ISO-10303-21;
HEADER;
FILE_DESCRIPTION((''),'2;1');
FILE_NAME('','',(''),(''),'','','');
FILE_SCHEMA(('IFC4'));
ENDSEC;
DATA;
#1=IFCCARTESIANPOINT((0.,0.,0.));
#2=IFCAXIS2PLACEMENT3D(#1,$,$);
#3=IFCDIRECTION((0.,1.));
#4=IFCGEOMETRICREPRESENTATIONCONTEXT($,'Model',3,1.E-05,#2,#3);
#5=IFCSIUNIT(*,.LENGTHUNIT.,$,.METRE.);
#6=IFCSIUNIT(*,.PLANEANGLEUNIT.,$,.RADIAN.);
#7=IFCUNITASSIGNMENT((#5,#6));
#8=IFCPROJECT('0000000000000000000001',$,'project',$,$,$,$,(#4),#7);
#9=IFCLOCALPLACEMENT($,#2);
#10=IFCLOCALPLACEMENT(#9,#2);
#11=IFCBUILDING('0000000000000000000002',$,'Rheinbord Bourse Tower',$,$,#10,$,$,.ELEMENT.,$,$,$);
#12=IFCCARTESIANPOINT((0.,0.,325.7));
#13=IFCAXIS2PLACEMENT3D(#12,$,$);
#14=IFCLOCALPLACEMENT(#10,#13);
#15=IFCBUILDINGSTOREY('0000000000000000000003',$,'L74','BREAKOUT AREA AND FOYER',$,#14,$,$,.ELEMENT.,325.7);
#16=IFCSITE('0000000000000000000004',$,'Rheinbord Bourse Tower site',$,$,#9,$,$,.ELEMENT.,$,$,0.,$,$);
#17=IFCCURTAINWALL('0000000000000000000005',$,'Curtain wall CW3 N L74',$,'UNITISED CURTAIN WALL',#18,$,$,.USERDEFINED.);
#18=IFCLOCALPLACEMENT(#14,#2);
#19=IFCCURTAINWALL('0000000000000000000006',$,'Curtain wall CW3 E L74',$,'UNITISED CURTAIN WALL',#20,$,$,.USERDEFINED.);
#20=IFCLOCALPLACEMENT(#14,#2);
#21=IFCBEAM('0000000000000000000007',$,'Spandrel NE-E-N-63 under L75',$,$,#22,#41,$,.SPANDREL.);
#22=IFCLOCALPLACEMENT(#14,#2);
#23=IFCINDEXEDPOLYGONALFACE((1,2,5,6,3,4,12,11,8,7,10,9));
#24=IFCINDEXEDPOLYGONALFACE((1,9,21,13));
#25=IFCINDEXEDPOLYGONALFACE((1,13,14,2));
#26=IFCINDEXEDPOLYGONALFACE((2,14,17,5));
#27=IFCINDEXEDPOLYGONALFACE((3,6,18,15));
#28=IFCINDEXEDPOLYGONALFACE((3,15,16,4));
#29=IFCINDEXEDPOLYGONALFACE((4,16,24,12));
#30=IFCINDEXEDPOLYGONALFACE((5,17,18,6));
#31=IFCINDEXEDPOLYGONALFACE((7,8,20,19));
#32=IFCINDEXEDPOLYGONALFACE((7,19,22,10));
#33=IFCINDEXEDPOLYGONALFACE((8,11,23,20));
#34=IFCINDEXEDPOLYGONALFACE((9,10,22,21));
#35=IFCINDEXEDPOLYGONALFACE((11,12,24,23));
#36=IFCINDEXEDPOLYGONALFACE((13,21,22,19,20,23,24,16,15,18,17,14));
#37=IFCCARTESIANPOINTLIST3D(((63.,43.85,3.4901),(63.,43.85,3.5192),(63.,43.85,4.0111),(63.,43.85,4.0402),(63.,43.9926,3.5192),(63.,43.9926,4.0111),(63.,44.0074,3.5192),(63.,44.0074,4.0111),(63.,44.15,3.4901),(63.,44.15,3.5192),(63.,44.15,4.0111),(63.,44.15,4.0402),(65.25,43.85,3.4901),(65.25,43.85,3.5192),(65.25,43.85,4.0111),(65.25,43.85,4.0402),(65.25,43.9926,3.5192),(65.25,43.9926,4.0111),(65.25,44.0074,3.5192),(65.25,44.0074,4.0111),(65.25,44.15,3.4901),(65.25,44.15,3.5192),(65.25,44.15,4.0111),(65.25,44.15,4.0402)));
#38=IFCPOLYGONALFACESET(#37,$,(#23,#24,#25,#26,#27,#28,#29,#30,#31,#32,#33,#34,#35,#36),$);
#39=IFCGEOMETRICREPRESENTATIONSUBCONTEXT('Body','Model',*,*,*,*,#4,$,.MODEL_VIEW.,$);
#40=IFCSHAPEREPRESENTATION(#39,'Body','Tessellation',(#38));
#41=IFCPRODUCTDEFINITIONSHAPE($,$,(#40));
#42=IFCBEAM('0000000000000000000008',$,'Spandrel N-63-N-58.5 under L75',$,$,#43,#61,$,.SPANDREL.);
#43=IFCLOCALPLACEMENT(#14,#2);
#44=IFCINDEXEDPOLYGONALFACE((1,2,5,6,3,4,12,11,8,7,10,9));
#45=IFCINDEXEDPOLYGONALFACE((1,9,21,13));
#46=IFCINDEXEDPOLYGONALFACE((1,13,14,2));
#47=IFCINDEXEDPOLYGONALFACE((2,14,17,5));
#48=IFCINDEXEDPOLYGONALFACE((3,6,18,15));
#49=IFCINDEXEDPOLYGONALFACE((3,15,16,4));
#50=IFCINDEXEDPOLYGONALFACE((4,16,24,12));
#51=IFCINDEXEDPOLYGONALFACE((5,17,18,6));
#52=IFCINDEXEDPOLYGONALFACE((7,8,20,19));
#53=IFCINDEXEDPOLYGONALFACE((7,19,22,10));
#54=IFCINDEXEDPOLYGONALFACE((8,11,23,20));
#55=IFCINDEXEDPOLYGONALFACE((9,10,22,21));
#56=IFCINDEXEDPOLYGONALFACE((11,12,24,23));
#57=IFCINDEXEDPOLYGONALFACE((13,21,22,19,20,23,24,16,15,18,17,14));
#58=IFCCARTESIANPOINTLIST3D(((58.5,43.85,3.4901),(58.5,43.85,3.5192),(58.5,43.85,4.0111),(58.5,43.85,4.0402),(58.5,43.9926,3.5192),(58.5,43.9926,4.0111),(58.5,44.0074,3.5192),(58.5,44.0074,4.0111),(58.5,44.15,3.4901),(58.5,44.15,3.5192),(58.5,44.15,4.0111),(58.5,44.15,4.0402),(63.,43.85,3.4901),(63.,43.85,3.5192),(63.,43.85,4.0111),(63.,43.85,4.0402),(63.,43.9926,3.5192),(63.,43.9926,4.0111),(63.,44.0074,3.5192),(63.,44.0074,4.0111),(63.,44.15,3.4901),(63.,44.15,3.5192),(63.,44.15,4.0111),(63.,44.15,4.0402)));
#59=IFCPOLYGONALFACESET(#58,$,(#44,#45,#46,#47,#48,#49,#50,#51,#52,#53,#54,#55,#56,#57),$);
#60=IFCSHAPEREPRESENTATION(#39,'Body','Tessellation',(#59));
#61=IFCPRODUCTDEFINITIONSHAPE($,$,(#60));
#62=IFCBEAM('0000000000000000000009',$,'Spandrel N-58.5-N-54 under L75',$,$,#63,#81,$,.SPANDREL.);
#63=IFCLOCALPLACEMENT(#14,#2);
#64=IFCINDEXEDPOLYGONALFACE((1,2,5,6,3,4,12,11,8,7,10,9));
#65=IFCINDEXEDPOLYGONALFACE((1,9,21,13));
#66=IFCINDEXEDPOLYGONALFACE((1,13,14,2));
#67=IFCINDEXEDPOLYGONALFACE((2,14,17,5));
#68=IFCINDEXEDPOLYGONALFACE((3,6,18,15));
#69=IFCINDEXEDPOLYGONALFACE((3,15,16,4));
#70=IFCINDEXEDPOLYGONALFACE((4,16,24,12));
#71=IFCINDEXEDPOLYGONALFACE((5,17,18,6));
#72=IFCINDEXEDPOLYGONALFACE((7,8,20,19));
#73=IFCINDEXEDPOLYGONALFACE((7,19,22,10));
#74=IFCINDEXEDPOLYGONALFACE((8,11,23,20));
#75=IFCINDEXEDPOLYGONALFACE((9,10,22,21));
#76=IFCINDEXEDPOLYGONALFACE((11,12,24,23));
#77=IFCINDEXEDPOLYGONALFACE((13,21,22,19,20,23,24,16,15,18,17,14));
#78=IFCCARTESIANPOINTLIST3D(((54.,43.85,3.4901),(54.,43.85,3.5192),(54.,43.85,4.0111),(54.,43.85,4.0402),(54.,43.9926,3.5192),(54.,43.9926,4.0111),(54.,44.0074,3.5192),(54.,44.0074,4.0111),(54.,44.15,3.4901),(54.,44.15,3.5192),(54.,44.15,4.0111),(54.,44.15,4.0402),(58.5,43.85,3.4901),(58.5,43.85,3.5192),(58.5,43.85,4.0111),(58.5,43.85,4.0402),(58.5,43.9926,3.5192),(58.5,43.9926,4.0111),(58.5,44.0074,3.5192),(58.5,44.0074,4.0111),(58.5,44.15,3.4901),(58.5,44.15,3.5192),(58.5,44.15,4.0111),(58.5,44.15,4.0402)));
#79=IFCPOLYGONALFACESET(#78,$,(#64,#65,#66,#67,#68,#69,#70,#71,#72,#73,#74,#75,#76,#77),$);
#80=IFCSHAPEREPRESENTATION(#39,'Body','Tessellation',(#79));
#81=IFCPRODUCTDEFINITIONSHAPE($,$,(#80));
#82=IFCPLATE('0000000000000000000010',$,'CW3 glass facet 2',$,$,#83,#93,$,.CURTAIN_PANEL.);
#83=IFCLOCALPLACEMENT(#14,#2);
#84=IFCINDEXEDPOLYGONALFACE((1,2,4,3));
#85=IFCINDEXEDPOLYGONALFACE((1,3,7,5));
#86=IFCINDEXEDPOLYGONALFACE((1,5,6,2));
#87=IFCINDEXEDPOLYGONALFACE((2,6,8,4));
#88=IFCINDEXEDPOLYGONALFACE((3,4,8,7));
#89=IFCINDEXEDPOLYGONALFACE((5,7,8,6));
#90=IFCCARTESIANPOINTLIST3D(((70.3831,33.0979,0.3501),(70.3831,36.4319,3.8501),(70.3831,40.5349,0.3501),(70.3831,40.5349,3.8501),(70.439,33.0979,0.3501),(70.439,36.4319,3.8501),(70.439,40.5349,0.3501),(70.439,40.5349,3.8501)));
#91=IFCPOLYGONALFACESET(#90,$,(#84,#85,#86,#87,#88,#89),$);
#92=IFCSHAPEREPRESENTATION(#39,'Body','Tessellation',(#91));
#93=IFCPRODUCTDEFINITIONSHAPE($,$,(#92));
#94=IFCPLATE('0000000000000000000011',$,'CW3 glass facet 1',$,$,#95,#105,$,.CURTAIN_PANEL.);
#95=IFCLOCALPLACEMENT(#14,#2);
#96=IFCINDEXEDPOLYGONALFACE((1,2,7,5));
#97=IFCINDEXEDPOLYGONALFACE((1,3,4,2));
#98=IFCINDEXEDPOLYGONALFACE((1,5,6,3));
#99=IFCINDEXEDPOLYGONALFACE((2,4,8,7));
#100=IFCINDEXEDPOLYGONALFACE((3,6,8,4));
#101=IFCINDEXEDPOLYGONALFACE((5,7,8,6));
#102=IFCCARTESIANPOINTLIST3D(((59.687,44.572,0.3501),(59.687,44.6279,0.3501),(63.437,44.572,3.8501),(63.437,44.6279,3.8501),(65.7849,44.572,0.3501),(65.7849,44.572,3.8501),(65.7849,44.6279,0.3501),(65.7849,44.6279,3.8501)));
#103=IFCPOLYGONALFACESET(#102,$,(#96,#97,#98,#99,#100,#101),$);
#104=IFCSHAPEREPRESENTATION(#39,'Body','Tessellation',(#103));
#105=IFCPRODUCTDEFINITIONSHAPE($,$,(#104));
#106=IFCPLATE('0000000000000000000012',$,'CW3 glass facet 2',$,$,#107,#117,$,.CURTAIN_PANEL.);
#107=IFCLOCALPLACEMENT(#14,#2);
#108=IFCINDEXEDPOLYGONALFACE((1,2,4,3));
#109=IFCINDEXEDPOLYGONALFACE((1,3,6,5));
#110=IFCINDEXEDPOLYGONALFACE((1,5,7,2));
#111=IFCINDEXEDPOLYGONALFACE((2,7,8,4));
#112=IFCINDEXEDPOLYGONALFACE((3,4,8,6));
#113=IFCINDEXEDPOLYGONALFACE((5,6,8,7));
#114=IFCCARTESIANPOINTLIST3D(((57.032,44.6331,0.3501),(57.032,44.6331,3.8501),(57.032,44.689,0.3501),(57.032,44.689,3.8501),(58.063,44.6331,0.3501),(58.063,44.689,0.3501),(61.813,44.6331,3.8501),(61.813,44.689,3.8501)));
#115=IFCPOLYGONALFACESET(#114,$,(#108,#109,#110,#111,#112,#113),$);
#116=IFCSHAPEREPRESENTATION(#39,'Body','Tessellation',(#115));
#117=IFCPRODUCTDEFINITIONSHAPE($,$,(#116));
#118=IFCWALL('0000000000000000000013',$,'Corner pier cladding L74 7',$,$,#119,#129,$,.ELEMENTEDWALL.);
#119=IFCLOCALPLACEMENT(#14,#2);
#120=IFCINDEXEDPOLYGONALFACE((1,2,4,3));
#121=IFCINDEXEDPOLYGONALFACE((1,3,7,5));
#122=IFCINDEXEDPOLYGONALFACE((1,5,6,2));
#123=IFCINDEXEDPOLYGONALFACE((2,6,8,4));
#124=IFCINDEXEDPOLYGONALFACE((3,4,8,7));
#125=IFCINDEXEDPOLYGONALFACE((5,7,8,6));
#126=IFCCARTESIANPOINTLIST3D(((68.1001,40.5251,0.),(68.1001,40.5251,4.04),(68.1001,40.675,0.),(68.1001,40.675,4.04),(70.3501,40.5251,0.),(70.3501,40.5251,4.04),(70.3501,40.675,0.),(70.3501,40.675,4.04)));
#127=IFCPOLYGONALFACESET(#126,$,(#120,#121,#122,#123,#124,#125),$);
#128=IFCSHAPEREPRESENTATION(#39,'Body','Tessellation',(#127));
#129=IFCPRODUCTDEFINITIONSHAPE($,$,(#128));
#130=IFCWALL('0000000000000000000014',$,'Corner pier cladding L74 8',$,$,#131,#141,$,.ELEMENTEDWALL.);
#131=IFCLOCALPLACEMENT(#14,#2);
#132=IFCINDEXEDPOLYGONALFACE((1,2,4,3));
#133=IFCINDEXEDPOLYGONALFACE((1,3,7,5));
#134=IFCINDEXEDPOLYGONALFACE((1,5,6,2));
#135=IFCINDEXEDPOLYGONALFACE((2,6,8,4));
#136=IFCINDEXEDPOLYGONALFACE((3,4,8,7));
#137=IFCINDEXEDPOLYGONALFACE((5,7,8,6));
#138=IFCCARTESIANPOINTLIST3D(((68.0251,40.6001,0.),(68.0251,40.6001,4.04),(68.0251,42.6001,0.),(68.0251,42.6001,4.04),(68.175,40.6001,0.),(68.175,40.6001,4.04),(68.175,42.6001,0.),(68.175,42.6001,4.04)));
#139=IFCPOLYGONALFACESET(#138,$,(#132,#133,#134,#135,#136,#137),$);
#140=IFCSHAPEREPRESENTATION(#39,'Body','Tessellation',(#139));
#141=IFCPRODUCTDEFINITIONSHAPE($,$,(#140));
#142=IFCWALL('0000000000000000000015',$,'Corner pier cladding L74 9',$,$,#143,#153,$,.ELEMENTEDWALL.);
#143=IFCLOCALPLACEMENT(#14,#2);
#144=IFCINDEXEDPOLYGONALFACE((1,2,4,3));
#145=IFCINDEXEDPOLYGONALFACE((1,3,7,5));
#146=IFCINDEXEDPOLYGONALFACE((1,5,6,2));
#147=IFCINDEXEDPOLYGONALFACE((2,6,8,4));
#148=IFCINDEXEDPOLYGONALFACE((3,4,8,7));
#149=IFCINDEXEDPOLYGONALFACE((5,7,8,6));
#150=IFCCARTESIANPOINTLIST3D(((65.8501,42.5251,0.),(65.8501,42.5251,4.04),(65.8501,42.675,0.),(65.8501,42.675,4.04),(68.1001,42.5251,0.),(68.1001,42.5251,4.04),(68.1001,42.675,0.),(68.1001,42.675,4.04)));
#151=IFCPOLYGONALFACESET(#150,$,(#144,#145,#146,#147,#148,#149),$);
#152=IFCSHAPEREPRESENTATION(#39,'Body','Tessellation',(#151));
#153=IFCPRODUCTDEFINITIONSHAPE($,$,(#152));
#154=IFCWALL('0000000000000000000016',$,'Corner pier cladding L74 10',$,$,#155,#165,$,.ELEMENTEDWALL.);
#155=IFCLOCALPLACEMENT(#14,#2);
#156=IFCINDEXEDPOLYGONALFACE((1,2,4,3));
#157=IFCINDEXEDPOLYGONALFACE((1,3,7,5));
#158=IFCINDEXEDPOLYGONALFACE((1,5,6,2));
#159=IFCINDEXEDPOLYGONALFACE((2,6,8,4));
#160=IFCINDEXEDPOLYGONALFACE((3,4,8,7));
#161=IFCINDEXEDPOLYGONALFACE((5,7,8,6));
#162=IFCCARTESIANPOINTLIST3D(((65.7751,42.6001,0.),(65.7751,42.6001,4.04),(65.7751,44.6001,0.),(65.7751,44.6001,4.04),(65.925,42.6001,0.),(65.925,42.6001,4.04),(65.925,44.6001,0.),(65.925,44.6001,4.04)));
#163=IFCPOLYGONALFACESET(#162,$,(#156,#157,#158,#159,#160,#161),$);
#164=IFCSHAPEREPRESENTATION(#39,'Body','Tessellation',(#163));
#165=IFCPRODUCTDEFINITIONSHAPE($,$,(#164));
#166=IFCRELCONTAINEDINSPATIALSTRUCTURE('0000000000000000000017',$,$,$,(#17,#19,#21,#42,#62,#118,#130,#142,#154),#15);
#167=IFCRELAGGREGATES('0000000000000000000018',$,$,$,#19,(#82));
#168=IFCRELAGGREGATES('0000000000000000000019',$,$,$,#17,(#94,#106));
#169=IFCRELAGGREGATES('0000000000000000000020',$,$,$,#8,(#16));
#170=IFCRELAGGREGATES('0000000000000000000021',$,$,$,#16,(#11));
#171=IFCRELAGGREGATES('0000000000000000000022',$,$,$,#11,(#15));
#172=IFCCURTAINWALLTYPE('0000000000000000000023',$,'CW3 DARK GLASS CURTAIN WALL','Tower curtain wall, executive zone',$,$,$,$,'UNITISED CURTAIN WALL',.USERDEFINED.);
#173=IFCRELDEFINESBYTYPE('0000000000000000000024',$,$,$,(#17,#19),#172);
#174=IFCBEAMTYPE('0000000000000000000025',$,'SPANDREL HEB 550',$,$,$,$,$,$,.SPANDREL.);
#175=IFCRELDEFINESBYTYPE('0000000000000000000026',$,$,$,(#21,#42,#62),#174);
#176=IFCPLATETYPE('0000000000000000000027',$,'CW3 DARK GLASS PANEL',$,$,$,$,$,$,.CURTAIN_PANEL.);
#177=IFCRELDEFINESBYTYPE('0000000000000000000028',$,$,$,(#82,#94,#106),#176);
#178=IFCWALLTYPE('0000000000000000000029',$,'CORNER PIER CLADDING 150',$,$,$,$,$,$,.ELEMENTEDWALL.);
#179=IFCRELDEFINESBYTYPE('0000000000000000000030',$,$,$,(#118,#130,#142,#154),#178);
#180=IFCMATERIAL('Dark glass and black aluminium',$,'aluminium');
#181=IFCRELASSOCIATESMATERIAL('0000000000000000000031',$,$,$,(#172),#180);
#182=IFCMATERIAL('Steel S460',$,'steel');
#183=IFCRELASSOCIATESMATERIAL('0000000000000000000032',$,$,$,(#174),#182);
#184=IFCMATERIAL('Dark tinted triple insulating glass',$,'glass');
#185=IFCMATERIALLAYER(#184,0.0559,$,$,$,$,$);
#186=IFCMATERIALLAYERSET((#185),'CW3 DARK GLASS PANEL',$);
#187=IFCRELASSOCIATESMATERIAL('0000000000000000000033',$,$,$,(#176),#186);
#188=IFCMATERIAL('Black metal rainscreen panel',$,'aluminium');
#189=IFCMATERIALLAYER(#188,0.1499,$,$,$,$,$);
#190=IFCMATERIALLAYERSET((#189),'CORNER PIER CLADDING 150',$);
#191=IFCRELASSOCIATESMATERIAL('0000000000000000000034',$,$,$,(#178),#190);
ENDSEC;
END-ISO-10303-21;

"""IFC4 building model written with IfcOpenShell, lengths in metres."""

from ifc_helpers import new_model, si_unit, direction, frame, frame_2d, origin, origin_2d, place, context, subcontext, project, spatial, polyline, rectangle, i_section, outline, extrude, material, layer, layer_set, material_profile, profile_set, type_object, element, aggregate, save


model = new_model("IFC4")

# Units and contexts
model_context = context("Model", 3, precision=1e-05, world=origin(), true_north=direction((0.0, 1.0)))
body_context = subcontext(model_context, "Body", "Model", "MODEL_VIEW")
ifc_project = project(units=[si_unit("LENGTHUNIT", "METRE"), si_unit("PLANEANGLEUNIT", "RADIAN")], contexts=[model_context])

# Site, building, storey
site_placement = place(None, origin())
site = spatial("IfcSite", under=ifc_project, at=site_placement, Name="Rheinbord Bourse Tower site", CompositionType="ELEMENT", RefElevation=0.0)
building_placement = place(site_placement, origin())
building = spatial("IfcBuilding", under=site, at=building_placement, Name="Rheinbord Bourse Tower", CompositionType="ELEMENT")
storey_placement = place(building_placement, frame((0.0, 0.0, 325.7)))
storey = spatial("IfcBuildingStorey", under=building, at=storey_placement, Name="L74", Description="BREAKOUT AREA AND FOYER", CompositionType="ELEMENT", Elevation=325.7)

# Curtain walls
ifc_material_1 = material(Name="Dark glass and black aluminium", Category="aluminium")
curtain_wall_type = type_object("IfcCurtainWallType", Name="CW3 DARK GLASS CURTAIN WALL", Description="Tower curtain wall, executive zone", ElementType="UNITISED CURTAIN WALL", PredefinedType="USERDEFINED", material=ifc_material_1)
curtain_wall_1_placement = place(storey_placement, origin())
curtain_wall_1 = element("IfcCurtainWall", 1, at=curtain_wall_1_placement, inside=storey, type_object=curtain_wall_type, Name="Curtain wall CW3 N L74", ObjectType="UNITISED CURTAIN WALL", PredefinedType="USERDEFINED")
curtain_wall_2_placement = place(storey_placement, origin())
curtain_wall_2 = element("IfcCurtainWall", 2, at=curtain_wall_2_placement, inside=storey, type_object=curtain_wall_type, Name="Curtain wall CW3 E L74", ObjectType="UNITISED CURTAIN WALL", PredefinedType="USERDEFINED")

# Beams
ifc_material_2 = material(Name="Steel S460", Category="steel")
ifc_material_profile_1 = material_profile(ifc_material_2, i_section(OverallWidth=0.3, OverallDepth=0.55, WebThickness=0.0149, FlangeThickness=0.0291, at=origin_2d()), Name="HEB 550")
ifc_profile_set_1 = profile_set([ifc_material_profile_1], Name="Steel S460")
beam_type_1 = type_object("IfcBeamType", Name="SPANDREL HEB 550", PredefinedType="SPANDREL", material=ifc_profile_set_1)
beam_1_placement = place(storey_placement, frame((65.25, 44.0, 3.7651), z_axis=(-1.0, 0.0, 0.0), x_axis=(0.0, -1.0, 0.0)))
element("IfcBeam", 3, at=beam_1_placement, inside=storey, type_object=beam_type_1, Name="Spandrel NE-E-N-63 under L75", PredefinedType="SPANDREL", context=body_context, shape_type="SweptSolid", body=[
    extrude(i_section(OverallWidth=0.3, OverallDepth=0.55, WebThickness=0.0149, FlangeThickness=0.0291, at=origin_2d()), origin(), (0.0, 0.0, 1.0), 2.25),
])
for number, where, z_axis, x_axis, name in (
    (4, (63.0, 44.0, 3.7651), (-1.0, 0.0, 0.0), (0.0, -1.0, 0.0), "Spandrel N-63-N-58.5 under L75"),
    (5, (58.5, 44.0, 3.7651), (-1.0, 0.0, 0.0), (0.0, -1.0, 0.0), "Spandrel N-58.5-N-54 under L75"),
):
    element("IfcBeam", number, at=place(storey_placement, frame(where, z_axis=z_axis, x_axis=x_axis)), inside=storey, type_object=beam_type_1, Name=name, PredefinedType="SPANDREL", context=body_context, shape_type="SweptSolid", body=[
        extrude(i_section(OverallWidth=0.3, OverallDepth=0.55, WebThickness=0.0149, FlangeThickness=0.0291, at=origin_2d()), origin(), (0.0, 0.0, 1.0), 4.5),
    ])

# Plates
ifc_material_3 = material(Name="Dark tinted triple insulating glass", Category="glass")
ifc_layer_1 = layer(ifc_material_3, 0.0559)
ifc_layer_set_1 = layer_set([ifc_layer_1], Name="CW3 DARK GLASS PANEL")
plate_type = type_object("IfcPlateType", Name="CW3 DARK GLASS PANEL", PredefinedType="CURTAIN_PANEL", material=ifc_layer_set_1)
plate_1_placement = place(storey_placement, frame((70.439, 40.5349, 3.8501), z_axis=(-1.0, 0.0, 0.0), x_axis=(0.0, 0.0, -1.0)))
plate_1 = element("IfcPlate", 6, at=plate_1_placement, type_object=plate_type, Name="CW3 glass facet 2", PredefinedType="CURTAIN_PANEL", context=body_context, shape_type="SweptSolid", body=[
    extrude(outline(polyline([(0.0, 0.0), (3.5, 0.0), (3.5, 7.437), (0.0, 4.103), (0.0, 0.0)])), origin(), (0.0, 0.0, 1.0), 0.0559),
])
aggregate(curtain_wall_2, [plate_1])
plate_2_placement = place(storey_placement, frame((65.7849, 44.6279, 0.3501), z_axis=(0.0, -1.0, 0.0), x_axis=(0.0, 0.0, 1.0)))
plate_2 = element("IfcPlate", 7, at=plate_2_placement, type_object=plate_type, Name="CW3 glass facet 1", PredefinedType="CURTAIN_PANEL", context=body_context, shape_type="SweptSolid", body=[
    extrude(outline(polyline([(0.0, 0.0), (3.5, 0.0), (3.5, 2.3479), (0.0, 6.0979), (0.0, 0.0)])), origin(), (0.0, 0.0, 1.0), 0.0559),
])
plate_3_placement = place(storey_placement, frame((57.032, 44.689, 3.8501), z_axis=(0.0, -1.0, 0.0), x_axis=(0.0, 0.0, -1.0)))
plate_3 = element("IfcPlate", 8, at=plate_3_placement, type_object=plate_type, Name="CW3 glass facet 2", PredefinedType="CURTAIN_PANEL", context=body_context, shape_type="SweptSolid", body=[
    extrude(outline(polyline([(0.0, 0.0), (3.5, 0.0), (3.5, 1.031), (0.0, 4.781), (0.0, 0.0)])), origin(), (0.0, 0.0, 1.0), 0.0559),
])
aggregate(curtain_wall_1, [plate_2, plate_3])

# Walls
ifc_material_4 = material(Name="Black metal rainscreen panel", Category="aluminium")
ifc_layer_2 = layer(ifc_material_4, 0.1499)
ifc_layer_set_2 = layer_set([ifc_layer_2], Name="CORNER PIER CLADDING 150")
wall_type = type_object("IfcWallType", Name="CORNER PIER CLADDING 150", PredefinedType="ELEMENTEDWALL", material=ifc_layer_set_2)
wall_1_placement = place(storey_placement, frame((70.3501, 40.6001, 0.0), z_axis=(0.0, 0.0, 1.0), x_axis=(-1.0, 0.0, 0.0)))
element("IfcWall", 9, at=wall_1_placement, inside=storey, type_object=wall_type, Name="Corner pier cladding L74 7", PredefinedType="ELEMENTEDWALL", context=body_context, shape_type="SweptSolid", body=[
    extrude(rectangle(XDim=2.25, YDim=0.1499, at=frame_2d((1.125, 0.0))), origin(), (0.0, 0.0, 1.0), 4.04),
])
wall_2_placement = place(storey_placement, frame((68.1001, 40.6001, 0.0), z_axis=(0.0, 0.0, 1.0), x_axis=(0.0, 1.0, 0.0)))
element("IfcWall", 10, at=wall_2_placement, inside=storey, type_object=wall_type, Name="Corner pier cladding L74 8", PredefinedType="ELEMENTEDWALL", context=body_context, shape_type="SweptSolid", body=[
    extrude(rectangle(XDim=2.0, YDim=0.1499, at=frame_2d((1.0, 0.0))), origin(), (0.0, 0.0, 1.0), 4.04),
])
wall_3_placement = place(storey_placement, frame((68.1001, 42.6001, 0.0), z_axis=(0.0, 0.0, 1.0), x_axis=(-1.0, 0.0, 0.0)))
element("IfcWall", 11, at=wall_3_placement, inside=storey, type_object=wall_type, Name="Corner pier cladding L74 9", PredefinedType="ELEMENTEDWALL", context=body_context, shape_type="SweptSolid", body=[
    extrude(rectangle(XDim=2.25, YDim=0.1499, at=frame_2d((1.125, 0.0))), origin(), (0.0, 0.0, 1.0), 4.04),
])
wall_4_placement = place(storey_placement, frame((65.8501, 42.6001, 0.0), z_axis=(0.0, 0.0, 1.0), x_axis=(0.0, 1.0, 0.0)))
element("IfcWall", 12, at=wall_4_placement, inside=storey, type_object=wall_type, Name="Corner pier cladding L74 10", PredefinedType="ELEMENTEDWALL", context=body_context, shape_type="SweptSolid", body=[
    extrude(rectangle(XDim=2.0, YDim=0.1499, at=frame_2d((1.0, 0.0))), origin(), (0.0, 0.0, 1.0), 4.04),
])

save(model, "model.ifc")
